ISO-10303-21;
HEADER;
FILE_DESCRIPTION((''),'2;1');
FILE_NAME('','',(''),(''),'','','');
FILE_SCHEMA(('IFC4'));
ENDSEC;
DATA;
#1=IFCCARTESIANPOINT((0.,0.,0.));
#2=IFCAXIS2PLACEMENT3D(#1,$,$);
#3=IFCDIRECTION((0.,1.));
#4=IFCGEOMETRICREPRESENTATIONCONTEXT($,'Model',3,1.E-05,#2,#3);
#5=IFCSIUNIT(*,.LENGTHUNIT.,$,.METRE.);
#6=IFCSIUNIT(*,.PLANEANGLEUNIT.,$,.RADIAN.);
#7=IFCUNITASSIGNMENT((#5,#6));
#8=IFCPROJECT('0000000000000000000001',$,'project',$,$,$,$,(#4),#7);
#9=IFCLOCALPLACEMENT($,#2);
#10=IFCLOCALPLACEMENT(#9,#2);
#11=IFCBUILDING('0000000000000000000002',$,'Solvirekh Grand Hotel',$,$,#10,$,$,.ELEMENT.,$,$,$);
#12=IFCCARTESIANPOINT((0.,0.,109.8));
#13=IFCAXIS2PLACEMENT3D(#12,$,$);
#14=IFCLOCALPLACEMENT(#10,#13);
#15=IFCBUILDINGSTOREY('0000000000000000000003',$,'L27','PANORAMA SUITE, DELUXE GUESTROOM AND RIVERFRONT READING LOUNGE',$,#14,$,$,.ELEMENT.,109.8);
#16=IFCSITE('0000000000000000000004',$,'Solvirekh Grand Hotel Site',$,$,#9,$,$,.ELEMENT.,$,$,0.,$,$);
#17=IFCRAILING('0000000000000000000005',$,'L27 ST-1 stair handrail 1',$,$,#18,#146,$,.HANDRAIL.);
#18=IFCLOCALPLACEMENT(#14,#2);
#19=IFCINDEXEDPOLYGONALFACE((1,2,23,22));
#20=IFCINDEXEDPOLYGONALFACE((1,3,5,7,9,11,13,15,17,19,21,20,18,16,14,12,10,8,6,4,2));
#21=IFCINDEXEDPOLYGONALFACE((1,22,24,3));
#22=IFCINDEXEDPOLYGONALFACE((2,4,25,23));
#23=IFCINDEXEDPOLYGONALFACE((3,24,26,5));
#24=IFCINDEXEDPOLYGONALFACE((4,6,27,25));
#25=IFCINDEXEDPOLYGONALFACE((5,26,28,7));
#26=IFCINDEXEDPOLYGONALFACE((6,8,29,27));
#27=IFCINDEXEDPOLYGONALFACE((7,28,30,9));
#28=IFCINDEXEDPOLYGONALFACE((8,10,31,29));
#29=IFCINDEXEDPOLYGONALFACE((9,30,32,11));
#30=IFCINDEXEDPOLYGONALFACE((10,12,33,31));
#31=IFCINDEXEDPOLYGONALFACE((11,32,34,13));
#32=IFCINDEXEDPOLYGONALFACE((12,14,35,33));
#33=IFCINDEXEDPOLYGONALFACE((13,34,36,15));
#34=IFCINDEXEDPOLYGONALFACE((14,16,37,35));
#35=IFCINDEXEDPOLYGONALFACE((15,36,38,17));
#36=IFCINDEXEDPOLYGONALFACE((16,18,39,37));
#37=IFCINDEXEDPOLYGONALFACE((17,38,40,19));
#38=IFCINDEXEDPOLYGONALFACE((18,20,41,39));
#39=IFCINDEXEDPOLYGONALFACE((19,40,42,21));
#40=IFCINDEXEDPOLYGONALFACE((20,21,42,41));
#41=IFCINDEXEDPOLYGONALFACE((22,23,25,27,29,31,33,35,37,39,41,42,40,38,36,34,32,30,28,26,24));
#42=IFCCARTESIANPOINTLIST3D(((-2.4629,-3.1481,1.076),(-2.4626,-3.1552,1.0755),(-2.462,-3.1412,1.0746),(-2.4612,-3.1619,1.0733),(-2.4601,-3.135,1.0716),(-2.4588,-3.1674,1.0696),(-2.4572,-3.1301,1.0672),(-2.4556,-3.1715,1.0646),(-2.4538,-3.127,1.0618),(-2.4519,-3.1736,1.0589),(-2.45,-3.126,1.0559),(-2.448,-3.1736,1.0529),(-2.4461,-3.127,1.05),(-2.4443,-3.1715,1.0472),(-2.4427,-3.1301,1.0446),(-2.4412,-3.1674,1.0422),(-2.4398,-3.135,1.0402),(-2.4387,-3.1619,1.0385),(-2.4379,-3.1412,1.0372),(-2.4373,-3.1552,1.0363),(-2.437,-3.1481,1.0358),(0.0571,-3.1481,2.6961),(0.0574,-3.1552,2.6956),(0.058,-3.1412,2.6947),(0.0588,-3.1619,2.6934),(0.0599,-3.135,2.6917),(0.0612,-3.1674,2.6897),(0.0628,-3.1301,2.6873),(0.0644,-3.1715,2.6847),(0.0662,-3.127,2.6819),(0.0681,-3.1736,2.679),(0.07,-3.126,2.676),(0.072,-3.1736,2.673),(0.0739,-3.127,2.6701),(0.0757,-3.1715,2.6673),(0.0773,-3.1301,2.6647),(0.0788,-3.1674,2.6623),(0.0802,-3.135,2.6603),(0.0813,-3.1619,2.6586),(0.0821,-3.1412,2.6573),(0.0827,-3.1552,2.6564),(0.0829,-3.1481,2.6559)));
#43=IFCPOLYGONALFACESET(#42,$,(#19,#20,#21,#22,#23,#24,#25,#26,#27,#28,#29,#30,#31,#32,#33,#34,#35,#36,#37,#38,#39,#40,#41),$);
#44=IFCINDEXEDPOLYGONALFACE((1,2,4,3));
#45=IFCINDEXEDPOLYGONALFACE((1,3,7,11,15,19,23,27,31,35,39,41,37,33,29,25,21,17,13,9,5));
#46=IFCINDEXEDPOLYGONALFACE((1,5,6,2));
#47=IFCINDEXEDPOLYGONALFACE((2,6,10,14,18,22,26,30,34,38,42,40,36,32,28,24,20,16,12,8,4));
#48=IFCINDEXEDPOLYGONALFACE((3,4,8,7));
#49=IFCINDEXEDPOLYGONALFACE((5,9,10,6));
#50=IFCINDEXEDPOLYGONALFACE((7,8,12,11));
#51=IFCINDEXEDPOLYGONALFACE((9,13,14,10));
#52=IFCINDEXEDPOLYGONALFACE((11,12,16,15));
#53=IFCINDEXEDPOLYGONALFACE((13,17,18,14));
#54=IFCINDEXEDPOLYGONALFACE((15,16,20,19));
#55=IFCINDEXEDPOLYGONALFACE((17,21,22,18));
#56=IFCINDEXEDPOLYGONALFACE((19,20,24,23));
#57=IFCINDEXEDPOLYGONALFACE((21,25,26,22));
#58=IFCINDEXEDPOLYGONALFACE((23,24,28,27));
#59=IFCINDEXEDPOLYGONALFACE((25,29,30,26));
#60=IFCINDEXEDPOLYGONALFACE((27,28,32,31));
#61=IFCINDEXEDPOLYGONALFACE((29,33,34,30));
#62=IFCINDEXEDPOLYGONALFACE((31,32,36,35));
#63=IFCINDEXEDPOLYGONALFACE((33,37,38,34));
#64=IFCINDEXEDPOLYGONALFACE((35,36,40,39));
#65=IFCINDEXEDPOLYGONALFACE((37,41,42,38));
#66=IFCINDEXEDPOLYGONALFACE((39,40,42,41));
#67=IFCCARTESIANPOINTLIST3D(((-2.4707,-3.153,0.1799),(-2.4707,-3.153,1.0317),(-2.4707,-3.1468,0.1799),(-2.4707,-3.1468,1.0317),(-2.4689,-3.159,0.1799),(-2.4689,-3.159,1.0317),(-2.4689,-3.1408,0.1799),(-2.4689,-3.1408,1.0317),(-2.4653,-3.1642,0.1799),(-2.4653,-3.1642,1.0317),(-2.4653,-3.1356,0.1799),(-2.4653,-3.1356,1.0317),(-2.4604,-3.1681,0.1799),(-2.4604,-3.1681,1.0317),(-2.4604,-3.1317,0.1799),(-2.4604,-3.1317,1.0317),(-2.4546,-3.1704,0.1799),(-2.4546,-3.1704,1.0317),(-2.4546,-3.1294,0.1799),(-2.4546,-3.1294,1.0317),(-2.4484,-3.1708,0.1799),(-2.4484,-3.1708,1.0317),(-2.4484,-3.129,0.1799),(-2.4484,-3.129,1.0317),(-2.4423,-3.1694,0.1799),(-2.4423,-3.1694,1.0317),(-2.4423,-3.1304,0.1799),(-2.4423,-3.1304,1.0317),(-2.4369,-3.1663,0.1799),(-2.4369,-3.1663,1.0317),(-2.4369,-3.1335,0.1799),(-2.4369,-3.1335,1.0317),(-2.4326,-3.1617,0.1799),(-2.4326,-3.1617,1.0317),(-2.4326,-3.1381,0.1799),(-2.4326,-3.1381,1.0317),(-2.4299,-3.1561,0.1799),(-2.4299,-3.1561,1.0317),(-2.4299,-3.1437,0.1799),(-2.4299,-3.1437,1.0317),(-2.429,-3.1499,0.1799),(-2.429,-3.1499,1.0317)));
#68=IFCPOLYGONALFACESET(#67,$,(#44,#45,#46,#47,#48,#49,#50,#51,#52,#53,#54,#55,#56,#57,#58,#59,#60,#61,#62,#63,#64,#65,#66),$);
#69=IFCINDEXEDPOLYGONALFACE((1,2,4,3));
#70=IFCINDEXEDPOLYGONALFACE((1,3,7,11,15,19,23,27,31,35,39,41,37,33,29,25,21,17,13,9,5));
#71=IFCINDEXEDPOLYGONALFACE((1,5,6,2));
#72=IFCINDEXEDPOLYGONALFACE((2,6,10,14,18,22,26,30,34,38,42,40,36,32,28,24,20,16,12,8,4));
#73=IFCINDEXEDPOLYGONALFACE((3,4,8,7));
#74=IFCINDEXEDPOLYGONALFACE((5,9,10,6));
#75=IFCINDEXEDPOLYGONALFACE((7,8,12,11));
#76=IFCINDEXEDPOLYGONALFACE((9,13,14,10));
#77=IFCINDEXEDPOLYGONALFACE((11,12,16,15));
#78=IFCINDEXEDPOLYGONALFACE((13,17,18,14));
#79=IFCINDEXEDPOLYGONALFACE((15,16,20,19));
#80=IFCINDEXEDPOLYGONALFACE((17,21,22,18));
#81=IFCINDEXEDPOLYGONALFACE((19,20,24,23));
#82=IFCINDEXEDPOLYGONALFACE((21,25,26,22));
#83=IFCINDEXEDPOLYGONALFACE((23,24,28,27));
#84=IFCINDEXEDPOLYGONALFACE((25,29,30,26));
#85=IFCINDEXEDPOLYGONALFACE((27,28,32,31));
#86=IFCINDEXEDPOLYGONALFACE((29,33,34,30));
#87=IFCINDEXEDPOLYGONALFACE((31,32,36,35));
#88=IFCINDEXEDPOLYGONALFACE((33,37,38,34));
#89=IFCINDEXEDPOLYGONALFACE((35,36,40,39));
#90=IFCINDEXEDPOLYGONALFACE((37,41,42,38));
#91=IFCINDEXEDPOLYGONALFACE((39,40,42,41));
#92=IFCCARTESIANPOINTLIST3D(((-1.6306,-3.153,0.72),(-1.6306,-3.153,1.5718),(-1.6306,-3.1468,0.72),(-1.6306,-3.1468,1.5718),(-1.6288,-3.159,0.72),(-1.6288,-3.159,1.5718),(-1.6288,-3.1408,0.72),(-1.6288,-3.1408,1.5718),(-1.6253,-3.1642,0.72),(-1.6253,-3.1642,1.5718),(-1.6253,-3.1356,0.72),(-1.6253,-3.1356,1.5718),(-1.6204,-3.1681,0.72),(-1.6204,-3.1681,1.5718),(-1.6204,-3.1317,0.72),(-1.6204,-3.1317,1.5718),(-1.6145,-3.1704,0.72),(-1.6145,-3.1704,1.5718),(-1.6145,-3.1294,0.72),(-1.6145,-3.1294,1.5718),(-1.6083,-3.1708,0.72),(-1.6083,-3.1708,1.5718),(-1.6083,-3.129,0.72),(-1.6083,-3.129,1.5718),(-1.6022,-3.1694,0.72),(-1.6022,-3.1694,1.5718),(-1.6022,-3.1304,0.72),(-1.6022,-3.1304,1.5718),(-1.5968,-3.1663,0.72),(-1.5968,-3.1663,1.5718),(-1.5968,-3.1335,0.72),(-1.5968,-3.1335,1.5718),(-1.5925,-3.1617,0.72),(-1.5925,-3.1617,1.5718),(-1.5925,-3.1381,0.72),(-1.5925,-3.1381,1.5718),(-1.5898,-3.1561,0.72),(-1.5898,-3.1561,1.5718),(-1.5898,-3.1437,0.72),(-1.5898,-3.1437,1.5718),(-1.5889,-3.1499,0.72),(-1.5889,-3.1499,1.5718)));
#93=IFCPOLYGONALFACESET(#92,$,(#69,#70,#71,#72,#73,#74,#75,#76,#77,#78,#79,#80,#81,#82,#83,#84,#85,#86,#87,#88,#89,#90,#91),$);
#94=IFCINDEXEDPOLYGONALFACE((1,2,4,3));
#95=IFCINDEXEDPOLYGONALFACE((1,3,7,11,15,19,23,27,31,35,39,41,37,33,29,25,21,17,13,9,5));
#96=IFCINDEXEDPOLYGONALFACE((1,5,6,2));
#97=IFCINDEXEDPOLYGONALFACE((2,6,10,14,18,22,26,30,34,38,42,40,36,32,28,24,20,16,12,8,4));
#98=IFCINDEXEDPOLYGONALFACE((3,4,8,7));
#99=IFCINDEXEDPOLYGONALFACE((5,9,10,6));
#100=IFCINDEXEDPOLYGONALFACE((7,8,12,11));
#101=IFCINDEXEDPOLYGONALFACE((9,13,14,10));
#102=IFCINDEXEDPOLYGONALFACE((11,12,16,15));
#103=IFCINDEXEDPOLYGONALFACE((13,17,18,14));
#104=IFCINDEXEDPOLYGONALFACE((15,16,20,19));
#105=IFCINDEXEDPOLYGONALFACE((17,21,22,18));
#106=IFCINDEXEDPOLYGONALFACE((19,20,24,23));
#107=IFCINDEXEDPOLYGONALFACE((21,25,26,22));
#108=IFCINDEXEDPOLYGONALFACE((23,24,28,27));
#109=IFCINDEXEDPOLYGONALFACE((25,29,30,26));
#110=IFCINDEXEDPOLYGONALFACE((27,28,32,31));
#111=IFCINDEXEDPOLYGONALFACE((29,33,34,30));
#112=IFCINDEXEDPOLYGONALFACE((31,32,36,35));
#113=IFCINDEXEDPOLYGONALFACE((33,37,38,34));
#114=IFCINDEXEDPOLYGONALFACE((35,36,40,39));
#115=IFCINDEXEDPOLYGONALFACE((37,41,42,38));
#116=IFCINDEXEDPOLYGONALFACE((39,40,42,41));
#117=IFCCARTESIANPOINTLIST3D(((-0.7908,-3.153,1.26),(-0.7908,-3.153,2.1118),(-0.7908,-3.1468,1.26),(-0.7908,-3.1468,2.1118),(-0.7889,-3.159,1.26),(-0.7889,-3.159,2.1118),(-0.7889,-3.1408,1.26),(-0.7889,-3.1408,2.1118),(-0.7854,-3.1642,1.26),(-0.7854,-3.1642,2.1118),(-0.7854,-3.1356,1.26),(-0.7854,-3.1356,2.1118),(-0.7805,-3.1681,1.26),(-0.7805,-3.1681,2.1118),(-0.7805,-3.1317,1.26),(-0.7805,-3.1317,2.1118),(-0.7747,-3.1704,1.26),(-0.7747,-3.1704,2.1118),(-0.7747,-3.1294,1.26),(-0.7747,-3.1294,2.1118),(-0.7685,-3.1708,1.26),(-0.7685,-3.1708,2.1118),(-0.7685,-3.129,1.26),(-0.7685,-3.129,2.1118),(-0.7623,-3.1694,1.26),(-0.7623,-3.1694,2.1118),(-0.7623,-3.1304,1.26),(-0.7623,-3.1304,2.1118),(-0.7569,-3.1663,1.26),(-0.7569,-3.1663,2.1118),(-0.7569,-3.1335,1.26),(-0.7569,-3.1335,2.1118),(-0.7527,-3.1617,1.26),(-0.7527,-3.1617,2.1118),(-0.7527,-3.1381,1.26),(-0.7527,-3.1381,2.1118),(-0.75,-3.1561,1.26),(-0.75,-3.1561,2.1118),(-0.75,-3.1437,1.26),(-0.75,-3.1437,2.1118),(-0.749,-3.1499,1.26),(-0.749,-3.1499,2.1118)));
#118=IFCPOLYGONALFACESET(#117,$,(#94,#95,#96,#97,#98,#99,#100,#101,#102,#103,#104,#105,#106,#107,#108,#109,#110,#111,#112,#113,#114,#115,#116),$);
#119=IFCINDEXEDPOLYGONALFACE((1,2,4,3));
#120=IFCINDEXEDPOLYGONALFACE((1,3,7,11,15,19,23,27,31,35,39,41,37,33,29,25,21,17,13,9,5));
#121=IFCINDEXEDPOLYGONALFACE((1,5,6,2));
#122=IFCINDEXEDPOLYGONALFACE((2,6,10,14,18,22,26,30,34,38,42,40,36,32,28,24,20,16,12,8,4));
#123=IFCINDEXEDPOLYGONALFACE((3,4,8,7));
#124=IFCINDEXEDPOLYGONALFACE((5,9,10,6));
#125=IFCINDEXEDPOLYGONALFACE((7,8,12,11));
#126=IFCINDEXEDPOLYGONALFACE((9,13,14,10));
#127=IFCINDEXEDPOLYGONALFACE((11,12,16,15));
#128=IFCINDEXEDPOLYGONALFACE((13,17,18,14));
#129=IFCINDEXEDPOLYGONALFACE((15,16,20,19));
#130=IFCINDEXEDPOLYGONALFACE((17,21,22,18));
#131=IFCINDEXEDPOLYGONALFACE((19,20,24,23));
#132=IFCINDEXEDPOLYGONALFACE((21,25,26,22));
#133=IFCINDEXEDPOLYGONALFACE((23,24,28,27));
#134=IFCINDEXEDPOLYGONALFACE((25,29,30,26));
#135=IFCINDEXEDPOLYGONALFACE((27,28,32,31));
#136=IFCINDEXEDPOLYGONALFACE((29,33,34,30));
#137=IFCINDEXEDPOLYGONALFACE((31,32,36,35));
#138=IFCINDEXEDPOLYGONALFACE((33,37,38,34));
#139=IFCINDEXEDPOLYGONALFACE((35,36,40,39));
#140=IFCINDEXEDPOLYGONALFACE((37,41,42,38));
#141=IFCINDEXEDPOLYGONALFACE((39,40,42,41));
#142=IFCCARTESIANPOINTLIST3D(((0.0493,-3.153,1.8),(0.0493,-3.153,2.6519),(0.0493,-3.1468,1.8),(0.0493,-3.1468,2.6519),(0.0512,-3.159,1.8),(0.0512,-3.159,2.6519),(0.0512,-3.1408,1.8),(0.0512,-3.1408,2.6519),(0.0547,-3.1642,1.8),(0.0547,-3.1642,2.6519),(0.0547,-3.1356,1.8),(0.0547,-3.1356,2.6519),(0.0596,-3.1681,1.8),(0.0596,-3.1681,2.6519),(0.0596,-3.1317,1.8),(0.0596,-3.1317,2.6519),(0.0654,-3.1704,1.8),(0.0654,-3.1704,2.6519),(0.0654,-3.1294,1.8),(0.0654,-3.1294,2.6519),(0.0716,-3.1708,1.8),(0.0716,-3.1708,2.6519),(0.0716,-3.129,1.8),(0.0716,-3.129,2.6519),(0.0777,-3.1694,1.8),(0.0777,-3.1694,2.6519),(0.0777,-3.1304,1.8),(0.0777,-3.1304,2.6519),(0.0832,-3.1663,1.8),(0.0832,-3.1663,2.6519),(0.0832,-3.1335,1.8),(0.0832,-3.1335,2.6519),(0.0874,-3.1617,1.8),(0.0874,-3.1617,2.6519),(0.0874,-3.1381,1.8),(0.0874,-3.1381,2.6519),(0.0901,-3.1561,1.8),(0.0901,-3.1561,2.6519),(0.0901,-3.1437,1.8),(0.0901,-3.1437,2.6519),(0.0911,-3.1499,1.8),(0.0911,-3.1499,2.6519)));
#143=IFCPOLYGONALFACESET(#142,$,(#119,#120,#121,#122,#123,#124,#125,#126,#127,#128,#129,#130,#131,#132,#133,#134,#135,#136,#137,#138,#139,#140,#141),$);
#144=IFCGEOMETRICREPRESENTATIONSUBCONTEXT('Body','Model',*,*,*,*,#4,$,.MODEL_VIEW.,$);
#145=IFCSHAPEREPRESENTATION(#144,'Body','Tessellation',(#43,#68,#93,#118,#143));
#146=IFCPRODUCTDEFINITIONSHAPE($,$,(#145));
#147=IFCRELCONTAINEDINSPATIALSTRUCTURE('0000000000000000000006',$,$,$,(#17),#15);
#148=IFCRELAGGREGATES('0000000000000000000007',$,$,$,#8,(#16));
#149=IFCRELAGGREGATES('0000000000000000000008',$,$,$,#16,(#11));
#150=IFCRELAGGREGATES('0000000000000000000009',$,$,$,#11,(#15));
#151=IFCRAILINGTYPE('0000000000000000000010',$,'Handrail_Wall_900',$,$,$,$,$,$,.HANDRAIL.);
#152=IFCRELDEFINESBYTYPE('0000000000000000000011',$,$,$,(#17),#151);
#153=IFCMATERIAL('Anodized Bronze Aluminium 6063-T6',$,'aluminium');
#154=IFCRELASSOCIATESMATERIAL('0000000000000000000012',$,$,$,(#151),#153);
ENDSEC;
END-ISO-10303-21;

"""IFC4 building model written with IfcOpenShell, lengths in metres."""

from ifc_helpers import new_model, si_unit, direction, frame, origin, origin_2d, place, context, subcontext, project, spatial, circle, extrude, material, type_object, element, save


model = new_model("IFC4")

# Units and contexts
model_context = context("Model", 3, precision=1e-05, world=origin(), true_north=direction((0.0, 1.0)))
body_context = subcontext(model_context, "Body", "Model", "MODEL_VIEW")
ifc_project = project(units=[si_unit("LENGTHUNIT", "METRE"), si_unit("PLANEANGLEUNIT", "RADIAN")], contexts=[model_context])

# Site, building, storey
site_placement = place(None, origin())
site = spatial("IfcSite", under=ifc_project, at=site_placement, Name="Solvirekh Grand Hotel Site", CompositionType="ELEMENT", RefElevation=0.0)
building_placement = place(site_placement, origin())
building = spatial("IfcBuilding", under=site, at=building_placement, Name="Solvirekh Grand Hotel", CompositionType="ELEMENT")
storey_placement = place(building_placement, frame((0.0, 0.0, 109.8)))
storey = spatial("IfcBuildingStorey", under=building, at=storey_placement, Name="L27", Description="PANORAMA SUITE, DELUXE GUESTROOM AND RIVERFRONT READING LOUNGE", CompositionType="ELEMENT", Elevation=109.8)

# Shared definitions
ifc_material_1 = material(Name="Anodized Bronze Aluminium 6063-T6", Category="aluminium")

# Railing
railing_type_1 = type_object("IfcRailingType", Name="Handrail_Wall_900", PredefinedType="HANDRAIL", material=ifc_material_1)
railing_1_placement = place(storey_placement, frame((-2.45, -3.1499, 0.1799)))
element("IfcRailing", 1, at=railing_1_placement, inside=storey, type_object=railing_type_1, Name="L27 ST-1 stair handrail 1", PredefinedType="HANDRAIL", context=body_context, shape_type="SweptSolid", body=[
    extrude(circle(Radius=0.0239, at=origin_2d()), frame((0.0, 0.0, 0.876), z_axis=(0.841163, 0.0, 0.540782), x_axis=(0.0, 1.0, 0.0)), (0.0, 0.0, 1.0), 2.9958),
    extrude(circle(Radius=0.021, at=origin_2d()), origin(), (0.0, 0.0, 1.0), 0.8518),
    extrude(circle(Radius=0.021, at=origin_2d()), frame((0.8401, 0.0, 0.54)), (0.0, 0.0, 1.0), 0.8518),
    extrude(circle(Radius=0.021, at=origin_2d()), frame((1.6799, 0.0, 1.0801)), (0.0, 0.0, 1.0), 0.8518),
    extrude(circle(Radius=0.021, at=origin_2d()), frame((2.52, 0.0, 1.6201)), (0.0, 0.0, 1.0), 0.8518),
])

save(model, "model.ifc")
